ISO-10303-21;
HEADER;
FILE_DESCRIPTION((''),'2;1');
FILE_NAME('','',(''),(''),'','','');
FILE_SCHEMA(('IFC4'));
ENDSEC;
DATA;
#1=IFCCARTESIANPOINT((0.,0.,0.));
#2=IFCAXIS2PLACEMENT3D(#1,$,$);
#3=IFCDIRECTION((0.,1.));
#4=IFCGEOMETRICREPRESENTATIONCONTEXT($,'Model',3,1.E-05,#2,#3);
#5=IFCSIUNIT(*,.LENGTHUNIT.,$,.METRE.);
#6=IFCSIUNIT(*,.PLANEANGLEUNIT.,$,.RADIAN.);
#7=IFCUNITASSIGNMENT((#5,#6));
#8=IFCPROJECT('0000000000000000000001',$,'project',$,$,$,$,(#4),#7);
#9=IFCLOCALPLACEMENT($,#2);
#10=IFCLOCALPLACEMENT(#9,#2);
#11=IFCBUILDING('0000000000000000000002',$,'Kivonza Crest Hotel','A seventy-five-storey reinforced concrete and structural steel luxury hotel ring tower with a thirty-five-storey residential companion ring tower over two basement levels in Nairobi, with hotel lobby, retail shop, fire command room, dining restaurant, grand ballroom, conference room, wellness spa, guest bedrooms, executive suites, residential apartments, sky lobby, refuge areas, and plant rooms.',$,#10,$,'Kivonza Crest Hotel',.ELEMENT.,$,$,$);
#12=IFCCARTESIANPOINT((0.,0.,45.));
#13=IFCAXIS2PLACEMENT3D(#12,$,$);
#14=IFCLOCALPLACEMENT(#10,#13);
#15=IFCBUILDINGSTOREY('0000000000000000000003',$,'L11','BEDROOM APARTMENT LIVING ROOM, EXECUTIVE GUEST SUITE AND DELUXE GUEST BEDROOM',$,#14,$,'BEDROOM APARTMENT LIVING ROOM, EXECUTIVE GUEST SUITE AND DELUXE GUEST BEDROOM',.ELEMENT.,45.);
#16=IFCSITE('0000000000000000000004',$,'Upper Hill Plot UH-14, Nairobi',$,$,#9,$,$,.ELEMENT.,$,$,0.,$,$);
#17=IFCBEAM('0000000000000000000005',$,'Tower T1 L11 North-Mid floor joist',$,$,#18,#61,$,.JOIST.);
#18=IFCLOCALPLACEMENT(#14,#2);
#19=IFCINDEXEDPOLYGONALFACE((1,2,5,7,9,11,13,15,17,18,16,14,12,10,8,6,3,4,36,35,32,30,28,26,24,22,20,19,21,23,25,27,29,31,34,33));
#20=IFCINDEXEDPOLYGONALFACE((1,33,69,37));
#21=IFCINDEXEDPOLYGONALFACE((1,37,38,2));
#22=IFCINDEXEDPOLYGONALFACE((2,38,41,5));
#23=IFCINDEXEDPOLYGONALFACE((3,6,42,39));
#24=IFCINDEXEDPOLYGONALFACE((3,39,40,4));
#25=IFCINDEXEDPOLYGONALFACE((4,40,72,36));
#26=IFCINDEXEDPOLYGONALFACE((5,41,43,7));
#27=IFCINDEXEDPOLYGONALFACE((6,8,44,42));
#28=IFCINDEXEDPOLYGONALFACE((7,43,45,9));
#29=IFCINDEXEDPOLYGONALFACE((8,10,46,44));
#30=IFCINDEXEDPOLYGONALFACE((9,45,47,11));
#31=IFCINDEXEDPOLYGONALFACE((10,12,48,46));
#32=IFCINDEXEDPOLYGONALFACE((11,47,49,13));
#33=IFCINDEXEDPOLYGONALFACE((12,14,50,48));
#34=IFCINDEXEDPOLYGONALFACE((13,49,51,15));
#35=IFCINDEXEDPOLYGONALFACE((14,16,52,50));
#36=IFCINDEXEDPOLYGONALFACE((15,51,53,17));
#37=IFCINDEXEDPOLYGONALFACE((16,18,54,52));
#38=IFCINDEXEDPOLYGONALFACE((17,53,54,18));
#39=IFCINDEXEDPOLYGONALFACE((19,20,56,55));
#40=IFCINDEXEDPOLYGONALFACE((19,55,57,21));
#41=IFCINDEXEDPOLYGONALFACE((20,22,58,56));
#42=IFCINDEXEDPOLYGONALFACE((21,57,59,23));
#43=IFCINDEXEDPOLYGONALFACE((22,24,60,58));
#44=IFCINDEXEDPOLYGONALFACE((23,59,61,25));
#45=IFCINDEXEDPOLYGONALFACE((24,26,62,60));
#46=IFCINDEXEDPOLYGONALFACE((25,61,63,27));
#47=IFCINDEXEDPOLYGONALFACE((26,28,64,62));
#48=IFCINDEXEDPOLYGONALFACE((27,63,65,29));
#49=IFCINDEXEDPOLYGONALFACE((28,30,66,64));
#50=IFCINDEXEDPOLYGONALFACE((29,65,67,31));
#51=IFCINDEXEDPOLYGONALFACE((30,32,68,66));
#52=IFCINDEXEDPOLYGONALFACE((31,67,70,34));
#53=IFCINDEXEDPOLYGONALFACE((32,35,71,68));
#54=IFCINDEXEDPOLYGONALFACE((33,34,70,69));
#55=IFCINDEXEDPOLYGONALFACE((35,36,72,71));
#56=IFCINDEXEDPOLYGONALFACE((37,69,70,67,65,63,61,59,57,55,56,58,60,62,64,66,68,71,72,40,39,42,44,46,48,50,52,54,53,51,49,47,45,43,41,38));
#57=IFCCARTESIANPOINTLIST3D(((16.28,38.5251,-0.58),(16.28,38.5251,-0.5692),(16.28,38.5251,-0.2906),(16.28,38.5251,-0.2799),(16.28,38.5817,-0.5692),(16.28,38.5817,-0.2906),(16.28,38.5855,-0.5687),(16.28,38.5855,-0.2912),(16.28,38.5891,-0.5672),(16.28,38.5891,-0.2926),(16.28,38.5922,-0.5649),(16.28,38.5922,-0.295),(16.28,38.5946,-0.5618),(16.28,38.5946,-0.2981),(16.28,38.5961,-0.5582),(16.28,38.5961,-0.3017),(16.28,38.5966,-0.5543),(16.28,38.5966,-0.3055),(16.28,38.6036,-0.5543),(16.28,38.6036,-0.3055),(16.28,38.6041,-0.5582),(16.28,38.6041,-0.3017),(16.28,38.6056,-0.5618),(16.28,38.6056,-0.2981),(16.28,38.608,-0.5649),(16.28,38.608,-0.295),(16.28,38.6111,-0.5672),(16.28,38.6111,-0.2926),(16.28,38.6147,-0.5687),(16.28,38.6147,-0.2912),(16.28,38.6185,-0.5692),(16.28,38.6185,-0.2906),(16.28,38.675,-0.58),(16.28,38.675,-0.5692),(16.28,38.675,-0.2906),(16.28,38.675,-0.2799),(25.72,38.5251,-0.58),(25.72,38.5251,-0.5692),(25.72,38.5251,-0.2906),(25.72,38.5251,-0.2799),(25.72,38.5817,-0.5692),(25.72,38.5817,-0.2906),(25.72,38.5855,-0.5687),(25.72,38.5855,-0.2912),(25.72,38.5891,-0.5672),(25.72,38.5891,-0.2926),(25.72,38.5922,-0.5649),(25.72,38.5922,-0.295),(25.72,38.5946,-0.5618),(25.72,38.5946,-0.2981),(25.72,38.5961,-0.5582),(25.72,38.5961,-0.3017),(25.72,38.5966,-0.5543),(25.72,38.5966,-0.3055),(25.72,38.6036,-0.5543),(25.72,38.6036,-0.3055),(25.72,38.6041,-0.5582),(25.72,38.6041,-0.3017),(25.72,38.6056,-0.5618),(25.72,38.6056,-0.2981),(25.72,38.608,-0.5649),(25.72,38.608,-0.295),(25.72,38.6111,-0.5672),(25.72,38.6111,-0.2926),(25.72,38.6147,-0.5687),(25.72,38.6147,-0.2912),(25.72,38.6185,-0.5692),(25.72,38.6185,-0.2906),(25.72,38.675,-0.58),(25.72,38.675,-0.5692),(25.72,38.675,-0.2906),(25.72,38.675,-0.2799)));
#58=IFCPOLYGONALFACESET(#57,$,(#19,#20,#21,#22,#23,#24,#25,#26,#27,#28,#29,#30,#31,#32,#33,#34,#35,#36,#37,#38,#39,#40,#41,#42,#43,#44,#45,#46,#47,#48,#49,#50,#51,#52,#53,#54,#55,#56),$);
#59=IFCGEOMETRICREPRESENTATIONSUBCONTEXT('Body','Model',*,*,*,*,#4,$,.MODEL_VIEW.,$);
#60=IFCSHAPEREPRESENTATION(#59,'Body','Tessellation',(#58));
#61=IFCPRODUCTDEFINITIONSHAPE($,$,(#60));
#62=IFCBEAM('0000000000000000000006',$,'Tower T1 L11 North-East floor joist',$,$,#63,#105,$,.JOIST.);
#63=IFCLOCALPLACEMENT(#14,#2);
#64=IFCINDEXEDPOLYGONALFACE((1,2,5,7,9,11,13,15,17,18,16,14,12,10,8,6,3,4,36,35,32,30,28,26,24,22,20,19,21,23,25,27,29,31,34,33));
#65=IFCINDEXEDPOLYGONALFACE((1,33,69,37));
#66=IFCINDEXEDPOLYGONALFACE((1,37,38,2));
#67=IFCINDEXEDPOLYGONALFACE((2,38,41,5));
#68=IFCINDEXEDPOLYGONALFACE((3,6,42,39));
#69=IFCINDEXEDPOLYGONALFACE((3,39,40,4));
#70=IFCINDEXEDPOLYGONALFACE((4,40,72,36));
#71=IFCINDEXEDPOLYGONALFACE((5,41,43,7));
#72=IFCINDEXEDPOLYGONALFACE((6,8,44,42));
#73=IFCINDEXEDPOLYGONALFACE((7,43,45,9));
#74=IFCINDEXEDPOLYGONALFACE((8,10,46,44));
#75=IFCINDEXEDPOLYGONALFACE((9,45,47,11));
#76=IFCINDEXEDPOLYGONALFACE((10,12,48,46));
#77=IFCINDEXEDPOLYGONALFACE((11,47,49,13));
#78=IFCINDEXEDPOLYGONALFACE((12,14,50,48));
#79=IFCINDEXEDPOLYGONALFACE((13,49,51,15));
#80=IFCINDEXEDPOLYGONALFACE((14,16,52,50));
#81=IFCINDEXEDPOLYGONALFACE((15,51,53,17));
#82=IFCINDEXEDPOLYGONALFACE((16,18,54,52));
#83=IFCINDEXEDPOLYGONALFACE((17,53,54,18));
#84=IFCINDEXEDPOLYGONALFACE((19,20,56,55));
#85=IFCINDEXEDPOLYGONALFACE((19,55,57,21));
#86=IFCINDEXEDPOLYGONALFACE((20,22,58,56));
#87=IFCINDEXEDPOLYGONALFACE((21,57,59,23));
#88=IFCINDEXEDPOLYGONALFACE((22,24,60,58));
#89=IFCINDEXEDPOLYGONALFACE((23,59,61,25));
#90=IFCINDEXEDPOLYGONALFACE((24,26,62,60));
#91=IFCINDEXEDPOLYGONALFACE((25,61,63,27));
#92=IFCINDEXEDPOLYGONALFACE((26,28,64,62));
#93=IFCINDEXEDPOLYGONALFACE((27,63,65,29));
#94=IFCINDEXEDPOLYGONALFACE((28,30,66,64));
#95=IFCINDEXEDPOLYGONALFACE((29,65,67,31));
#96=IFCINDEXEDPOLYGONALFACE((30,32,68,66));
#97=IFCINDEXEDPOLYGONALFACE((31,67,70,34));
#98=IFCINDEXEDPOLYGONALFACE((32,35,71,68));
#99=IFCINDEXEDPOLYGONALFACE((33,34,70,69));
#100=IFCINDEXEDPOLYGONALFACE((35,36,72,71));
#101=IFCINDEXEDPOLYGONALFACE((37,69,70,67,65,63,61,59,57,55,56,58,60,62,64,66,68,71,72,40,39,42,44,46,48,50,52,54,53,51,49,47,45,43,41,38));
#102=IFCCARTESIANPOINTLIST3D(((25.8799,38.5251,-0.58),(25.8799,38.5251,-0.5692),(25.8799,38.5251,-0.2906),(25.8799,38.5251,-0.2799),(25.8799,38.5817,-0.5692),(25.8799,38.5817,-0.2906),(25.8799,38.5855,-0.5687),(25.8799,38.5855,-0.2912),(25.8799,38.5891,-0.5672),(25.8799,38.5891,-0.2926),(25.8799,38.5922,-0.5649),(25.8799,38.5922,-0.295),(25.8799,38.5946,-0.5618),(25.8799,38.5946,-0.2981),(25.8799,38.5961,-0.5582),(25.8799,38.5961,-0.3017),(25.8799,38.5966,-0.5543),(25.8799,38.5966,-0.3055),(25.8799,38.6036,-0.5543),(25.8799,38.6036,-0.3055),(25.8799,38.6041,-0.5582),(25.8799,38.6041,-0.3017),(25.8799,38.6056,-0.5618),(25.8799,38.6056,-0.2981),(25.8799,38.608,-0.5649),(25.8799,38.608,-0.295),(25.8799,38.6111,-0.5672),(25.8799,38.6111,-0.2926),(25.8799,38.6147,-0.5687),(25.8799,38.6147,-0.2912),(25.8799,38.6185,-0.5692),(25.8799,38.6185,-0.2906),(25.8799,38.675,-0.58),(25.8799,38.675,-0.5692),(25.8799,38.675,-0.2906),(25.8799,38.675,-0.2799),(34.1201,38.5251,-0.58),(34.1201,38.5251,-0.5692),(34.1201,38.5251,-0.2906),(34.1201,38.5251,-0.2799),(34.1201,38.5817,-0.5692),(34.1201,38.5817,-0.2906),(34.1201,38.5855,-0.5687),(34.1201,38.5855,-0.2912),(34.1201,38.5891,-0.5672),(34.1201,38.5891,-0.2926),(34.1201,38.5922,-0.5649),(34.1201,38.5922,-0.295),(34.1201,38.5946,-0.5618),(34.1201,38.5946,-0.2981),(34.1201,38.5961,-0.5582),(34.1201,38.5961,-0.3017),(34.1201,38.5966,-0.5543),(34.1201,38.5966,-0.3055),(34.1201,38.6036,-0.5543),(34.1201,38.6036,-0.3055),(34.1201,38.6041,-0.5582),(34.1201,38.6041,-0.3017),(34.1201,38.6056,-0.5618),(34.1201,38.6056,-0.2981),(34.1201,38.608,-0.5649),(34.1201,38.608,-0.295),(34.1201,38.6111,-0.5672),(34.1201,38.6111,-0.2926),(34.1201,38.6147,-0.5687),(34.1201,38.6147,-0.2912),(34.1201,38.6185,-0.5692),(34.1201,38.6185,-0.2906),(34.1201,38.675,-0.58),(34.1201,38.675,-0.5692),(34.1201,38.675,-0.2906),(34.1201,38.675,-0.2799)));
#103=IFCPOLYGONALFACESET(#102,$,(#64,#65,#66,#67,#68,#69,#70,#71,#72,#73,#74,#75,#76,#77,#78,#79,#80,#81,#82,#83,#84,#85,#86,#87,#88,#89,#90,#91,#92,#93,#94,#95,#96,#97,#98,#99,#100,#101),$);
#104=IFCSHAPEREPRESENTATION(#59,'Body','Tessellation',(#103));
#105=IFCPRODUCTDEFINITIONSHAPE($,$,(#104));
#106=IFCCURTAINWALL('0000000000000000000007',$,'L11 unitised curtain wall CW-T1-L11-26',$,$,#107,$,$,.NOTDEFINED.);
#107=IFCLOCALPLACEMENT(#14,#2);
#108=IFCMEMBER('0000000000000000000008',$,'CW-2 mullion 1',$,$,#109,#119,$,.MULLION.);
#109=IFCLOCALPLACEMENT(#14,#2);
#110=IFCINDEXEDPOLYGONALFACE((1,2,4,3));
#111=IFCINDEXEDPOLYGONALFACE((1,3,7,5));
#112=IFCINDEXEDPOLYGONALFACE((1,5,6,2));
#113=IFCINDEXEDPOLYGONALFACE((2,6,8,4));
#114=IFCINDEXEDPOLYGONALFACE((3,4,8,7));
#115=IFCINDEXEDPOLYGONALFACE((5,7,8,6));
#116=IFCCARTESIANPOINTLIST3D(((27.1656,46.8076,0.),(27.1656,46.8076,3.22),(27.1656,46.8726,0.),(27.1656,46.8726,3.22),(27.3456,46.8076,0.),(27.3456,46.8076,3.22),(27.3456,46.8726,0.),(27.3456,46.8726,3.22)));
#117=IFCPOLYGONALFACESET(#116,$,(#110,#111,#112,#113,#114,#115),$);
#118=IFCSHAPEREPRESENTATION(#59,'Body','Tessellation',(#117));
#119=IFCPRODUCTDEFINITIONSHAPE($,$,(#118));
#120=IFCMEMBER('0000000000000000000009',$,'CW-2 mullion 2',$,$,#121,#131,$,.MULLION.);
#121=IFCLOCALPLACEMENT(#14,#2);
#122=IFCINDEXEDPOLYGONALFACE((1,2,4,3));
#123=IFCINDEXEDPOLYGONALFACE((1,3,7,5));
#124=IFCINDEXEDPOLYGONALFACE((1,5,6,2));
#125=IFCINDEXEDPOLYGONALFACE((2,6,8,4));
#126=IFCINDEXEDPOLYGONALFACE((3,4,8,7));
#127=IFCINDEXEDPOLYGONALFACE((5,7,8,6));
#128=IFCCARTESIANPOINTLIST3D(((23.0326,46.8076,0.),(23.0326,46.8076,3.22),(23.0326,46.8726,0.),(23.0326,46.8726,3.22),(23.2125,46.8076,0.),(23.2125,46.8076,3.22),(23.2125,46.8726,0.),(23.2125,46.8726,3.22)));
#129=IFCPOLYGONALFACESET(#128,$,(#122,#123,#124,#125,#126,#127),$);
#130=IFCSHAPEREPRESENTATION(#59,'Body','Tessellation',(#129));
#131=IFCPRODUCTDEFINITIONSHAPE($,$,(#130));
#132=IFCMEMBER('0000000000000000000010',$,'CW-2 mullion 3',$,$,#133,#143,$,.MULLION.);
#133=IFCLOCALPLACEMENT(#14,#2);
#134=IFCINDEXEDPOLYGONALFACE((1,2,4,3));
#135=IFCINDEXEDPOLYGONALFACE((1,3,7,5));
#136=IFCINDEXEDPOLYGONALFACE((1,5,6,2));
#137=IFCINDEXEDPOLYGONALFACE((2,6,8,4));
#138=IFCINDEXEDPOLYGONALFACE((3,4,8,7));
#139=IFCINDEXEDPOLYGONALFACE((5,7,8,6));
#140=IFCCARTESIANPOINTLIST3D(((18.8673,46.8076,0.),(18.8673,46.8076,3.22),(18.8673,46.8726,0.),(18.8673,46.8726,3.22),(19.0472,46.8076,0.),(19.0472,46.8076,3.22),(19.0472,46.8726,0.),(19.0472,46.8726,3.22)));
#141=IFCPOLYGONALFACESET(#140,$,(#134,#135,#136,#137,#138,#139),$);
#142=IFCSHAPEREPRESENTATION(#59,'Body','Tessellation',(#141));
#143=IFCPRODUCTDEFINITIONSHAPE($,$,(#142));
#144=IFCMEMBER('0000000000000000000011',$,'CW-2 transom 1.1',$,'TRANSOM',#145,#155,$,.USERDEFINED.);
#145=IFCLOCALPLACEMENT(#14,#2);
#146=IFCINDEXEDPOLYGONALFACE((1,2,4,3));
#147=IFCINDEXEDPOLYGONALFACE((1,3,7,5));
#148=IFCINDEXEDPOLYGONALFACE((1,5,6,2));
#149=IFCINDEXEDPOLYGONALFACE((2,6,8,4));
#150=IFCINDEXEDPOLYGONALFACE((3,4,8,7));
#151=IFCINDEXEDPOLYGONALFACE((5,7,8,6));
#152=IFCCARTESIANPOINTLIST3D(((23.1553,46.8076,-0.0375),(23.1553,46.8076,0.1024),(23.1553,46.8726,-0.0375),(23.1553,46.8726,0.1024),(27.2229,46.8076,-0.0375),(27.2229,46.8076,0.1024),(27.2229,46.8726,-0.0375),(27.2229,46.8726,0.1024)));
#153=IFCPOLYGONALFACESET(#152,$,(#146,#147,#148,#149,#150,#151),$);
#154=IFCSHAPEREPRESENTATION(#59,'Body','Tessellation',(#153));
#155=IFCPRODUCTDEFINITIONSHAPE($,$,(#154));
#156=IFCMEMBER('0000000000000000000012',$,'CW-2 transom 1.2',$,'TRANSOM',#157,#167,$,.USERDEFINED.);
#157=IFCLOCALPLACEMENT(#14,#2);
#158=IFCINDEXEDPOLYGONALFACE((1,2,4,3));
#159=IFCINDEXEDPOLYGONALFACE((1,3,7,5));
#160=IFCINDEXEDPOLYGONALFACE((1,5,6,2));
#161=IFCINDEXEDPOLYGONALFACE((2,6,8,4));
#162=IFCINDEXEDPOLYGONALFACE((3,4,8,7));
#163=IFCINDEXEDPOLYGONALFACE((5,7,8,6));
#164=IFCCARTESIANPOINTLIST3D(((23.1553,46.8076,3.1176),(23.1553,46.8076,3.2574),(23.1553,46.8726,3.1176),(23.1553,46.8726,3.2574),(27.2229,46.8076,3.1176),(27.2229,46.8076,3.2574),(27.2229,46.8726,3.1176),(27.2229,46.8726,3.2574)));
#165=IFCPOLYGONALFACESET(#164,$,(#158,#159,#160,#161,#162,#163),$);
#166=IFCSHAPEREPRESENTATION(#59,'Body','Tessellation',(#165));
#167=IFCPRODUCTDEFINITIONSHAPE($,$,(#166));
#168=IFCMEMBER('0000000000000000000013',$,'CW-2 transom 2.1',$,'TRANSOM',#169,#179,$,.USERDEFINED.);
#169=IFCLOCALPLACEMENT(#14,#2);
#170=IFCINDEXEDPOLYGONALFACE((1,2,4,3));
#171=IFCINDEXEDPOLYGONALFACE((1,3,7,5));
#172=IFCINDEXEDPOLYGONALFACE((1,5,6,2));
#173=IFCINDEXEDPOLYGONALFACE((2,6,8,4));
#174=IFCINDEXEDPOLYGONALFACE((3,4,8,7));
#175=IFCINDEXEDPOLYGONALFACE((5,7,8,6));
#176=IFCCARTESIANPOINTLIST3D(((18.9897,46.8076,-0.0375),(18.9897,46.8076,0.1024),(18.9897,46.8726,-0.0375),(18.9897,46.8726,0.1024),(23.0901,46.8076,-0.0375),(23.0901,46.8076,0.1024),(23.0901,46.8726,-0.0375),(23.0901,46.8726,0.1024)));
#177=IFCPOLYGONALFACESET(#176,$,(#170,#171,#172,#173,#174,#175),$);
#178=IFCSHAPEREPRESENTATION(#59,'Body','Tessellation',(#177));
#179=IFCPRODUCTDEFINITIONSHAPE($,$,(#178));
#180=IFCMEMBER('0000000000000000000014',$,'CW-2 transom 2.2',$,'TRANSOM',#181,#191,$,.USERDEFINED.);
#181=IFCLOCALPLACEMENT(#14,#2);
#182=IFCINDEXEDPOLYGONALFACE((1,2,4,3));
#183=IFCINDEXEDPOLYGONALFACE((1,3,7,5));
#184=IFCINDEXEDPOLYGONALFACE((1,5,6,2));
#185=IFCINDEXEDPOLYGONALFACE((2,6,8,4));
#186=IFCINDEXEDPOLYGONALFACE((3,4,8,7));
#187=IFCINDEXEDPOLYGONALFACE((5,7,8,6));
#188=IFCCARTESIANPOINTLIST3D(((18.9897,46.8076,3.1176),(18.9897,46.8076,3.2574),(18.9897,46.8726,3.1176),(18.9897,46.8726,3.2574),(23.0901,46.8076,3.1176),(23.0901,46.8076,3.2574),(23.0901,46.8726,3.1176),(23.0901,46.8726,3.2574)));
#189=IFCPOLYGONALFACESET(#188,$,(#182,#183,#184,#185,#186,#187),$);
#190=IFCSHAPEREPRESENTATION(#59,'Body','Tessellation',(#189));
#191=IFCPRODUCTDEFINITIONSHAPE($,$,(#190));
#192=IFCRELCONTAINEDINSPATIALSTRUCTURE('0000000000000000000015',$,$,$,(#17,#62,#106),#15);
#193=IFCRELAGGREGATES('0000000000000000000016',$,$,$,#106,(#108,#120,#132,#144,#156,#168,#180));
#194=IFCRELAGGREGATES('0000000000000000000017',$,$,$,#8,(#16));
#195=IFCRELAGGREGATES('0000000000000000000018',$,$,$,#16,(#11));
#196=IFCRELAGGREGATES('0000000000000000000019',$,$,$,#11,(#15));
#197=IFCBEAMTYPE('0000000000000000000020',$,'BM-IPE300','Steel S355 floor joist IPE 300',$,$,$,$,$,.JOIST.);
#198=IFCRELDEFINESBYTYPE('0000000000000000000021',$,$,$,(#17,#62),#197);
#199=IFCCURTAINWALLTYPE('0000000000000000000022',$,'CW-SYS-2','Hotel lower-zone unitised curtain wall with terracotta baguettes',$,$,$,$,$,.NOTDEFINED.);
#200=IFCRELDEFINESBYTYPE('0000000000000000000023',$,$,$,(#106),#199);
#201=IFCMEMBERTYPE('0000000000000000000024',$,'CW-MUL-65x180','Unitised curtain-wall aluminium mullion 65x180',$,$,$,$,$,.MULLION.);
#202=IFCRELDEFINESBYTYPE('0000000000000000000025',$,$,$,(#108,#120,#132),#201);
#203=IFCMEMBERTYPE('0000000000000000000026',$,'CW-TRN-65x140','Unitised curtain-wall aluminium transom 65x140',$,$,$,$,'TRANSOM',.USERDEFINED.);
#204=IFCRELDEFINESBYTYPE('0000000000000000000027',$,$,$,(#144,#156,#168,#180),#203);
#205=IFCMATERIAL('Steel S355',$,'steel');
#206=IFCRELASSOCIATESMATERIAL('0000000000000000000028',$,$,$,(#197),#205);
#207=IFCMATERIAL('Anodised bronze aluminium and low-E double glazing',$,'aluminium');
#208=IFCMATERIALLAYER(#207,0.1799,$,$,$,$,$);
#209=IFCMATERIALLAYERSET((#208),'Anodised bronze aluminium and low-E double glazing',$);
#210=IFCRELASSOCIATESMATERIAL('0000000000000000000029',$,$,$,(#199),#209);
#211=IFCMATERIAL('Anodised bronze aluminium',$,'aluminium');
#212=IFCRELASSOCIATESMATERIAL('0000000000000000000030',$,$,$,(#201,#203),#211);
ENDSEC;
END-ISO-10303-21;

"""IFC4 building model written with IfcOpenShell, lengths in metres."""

from ifc_helpers import new_model, si_unit, direction, frame, origin, origin_2d, place, context, subcontext, project, spatial, rectangle, i_section, extrude, material, layer, layer_set, material_profile, profile_set, type_object, element, aggregate, save


model = new_model("IFC4")

# Units and contexts
model_context = context("Model", 3, precision=1e-05, world=origin(), true_north=direction((0.0, 1.0)))
body_context = subcontext(model_context, "Body", "Model", "MODEL_VIEW")
ifc_project = project(units=[si_unit("LENGTHUNIT", "METRE"), si_unit("PLANEANGLEUNIT", "RADIAN")], contexts=[model_context])

# Site, building, storey
site_placement = place(None, origin())
site = spatial("IfcSite", under=ifc_project, at=site_placement, Name="Upper Hill Plot UH-14, Nairobi", CompositionType="ELEMENT", RefElevation=0.0)
building_placement = place(site_placement, origin())
building = spatial("IfcBuilding", under=site, at=building_placement, Name="Kivonza Crest Hotel", Description="A seventy-five-storey reinforced concrete and structural steel luxury hotel ring tower with a thirty-five-storey residential companion ring tower over two basement levels in Nairobi, with hotel lobby, retail shop, fire command room, dining restaurant, grand ballroom, conference room, wellness spa, guest bedrooms, executive suites, residential apartments, sky lobby, refuge areas, and plant rooms.", LongName="Kivonza Crest Hotel", CompositionType="ELEMENT")
storey_placement = place(building_placement, frame((0.0, 0.0, 45.0)))
storey = spatial("IfcBuildingStorey", under=building, at=storey_placement, Name="L11", Description="BEDROOM APARTMENT LIVING ROOM, EXECUTIVE GUEST SUITE AND DELUXE GUEST BEDROOM", LongName="BEDROOM APARTMENT LIVING ROOM, EXECUTIVE GUEST SUITE AND DELUXE GUEST BEDROOM", CompositionType="ELEMENT", Elevation=45.0)

# Beams
ifc_material_1 = material(Name="Steel S355", Category="steel")
ifc_material_profile_1 = material_profile(ifc_material_1, i_section(OverallWidth=0.1499, OverallDepth=0.3, WebThickness=0.0071, FlangeThickness=0.0107, FilletRadius=0.0149, at=origin_2d()), Name="IPE 300")
ifc_profile_set_1 = profile_set([ifc_material_profile_1], Name="Steel S355")
beam_type_1 = type_object("IfcBeamType", Name="BM-IPE300", Description="Steel S355 floor joist IPE 300", PredefinedType="JOIST", material=ifc_profile_set_1)
beam_1_placement = place(storey_placement, frame((16.28, 38.6001, -0.4299), z_axis=(1.0, 0.0, 0.0), x_axis=(0.0, 1.0, 0.0)))
element("IfcBeam", 1, at=beam_1_placement, inside=storey, type_object=beam_type_1, Name="Tower T1 L11 North-Mid floor joist", PredefinedType="JOIST", context=body_context, shape_type="SweptSolid", body=[
    extrude(i_section(OverallWidth=0.1499, OverallDepth=0.3, WebThickness=0.0071, FlangeThickness=0.0107, FilletRadius=0.0149, at=origin_2d()), origin(), (0.0, 0.0, 1.0), 9.4399),
])
beam_2_placement = place(storey_placement, frame((25.8799, 38.6001, -0.4299), z_axis=(1.0, 0.0, 0.0), x_axis=(0.0, 1.0, 0.0)))
element("IfcBeam", 2, at=beam_2_placement, inside=storey, type_object=beam_type_1, Name="Tower T1 L11 North-East floor joist", PredefinedType="JOIST", context=body_context, shape_type="SweptSolid", body=[
    extrude(i_section(OverallWidth=0.1499, OverallDepth=0.3, WebThickness=0.0071, FlangeThickness=0.0107, FilletRadius=0.0149, at=origin_2d()), origin(), (0.0, 0.0, 1.0), 8.2402),
])

# Curtain wall, members
ifc_material_2 = material(Name="Anodised bronze aluminium and low-E double glazing", Category="aluminium")
ifc_layer_1 = layer(ifc_material_2, 0.1799)
ifc_layer_set_1 = layer_set([ifc_layer_1], Name="Anodised bronze aluminium and low-E double glazing")
curtain_wall_type = type_object("IfcCurtainWallType", Name="CW-SYS-2", Description="Hotel lower-zone unitised curtain wall with terracotta baguettes", PredefinedType="NOTDEFINED", material=ifc_layer_set_1)
curtain_wall_placement = place(storey_placement, origin())
curtain_wall = element("IfcCurtainWall", 3, at=curtain_wall_placement, inside=storey, type_object=curtain_wall_type, Name="L11 unitised curtain wall CW-T1-L11-26", PredefinedType="NOTDEFINED")
ifc_material_3 = material(Name="Anodised bronze aluminium", Category="aluminium")
ifc_material_profile_2 = material_profile(ifc_material_3, rectangle(XDim=0.0649, YDim=0.1799, at=origin_2d()), Name="CW-M 65x180")
ifc_profile_set_2 = profile_set([ifc_material_profile_2], Name="Anodised bronze aluminium")
member_type_1 = type_object("IfcMemberType", Name="CW-MUL-65x180", Description="Unitised curtain-wall aluminium mullion 65x180", PredefinedType="MULLION", material=ifc_profile_set_2)
member_1_placement = place(storey_placement, frame((27.2556, 46.8401, 0.0), z_axis=(0.0, 0.0, 1.0), x_axis=(0.0, -1.0, 0.0)))
member_1 = element("IfcMember", 4, at=member_1_placement, type_object=member_type_1, Name="CW-2 mullion 1", PredefinedType="MULLION", context=body_context, shape_type="SweptSolid", body=[
    extrude(rectangle(XDim=0.0649, YDim=0.1799, at=origin_2d()), origin(), (0.0, 0.0, 1.0), 3.22),
])
member_2_placement = place(storey_placement, frame((23.1226, 46.8401, 0.0), z_axis=(0.0, 0.0, 1.0), x_axis=(0.0, -1.0, 0.0)))
member_2 = element("IfcMember", 5, at=member_2_placement, type_object=member_type_1, Name="CW-2 mullion 2", PredefinedType="MULLION", context=body_context, shape_type="SweptSolid", body=[
    extrude(rectangle(XDim=0.0649, YDim=0.1799, at=origin_2d()), origin(), (0.0, 0.0, 1.0), 3.22),
])
member_3_placement = place(storey_placement, frame((18.9573, 46.8401, 0.0), z_axis=(0.0, 0.0, 1.0), x_axis=(0.0, -1.0, 0.0)))
member_3 = element("IfcMember", 6, at=member_3_placement, type_object=member_type_1, Name="CW-2 mullion 3", PredefinedType="MULLION", context=body_context, shape_type="SweptSolid", body=[
    extrude(rectangle(XDim=0.0649, YDim=0.1799, at=origin_2d()), origin(), (0.0, 0.0, 1.0), 3.22),
])
ifc_material_profile_3 = material_profile(ifc_material_3, rectangle(XDim=0.0649, YDim=0.1399, at=origin_2d()), Name="CW-T 65x140")
ifc_profile_set_3 = profile_set([ifc_material_profile_3], Name="Anodised bronze aluminium")
member_type_2 = type_object("IfcMemberType", Name="CW-TRN-65x140", Description="Unitised curtain-wall aluminium transom 65x140", ElementType="TRANSOM", PredefinedType="USERDEFINED", material=ifc_profile_set_3)
member_4_placement = place(storey_placement, frame((27.2229, 46.8401, 0.0325), z_axis=(-1.0, 0.0, 0.0), x_axis=(0.0, -1.0, 0.0)))
member_4 = element("IfcMember", 7, at=member_4_placement, type_object=member_type_2, Name="CW-2 transom 1.1", ObjectType="TRANSOM", PredefinedType="USERDEFINED", context=body_context, shape_type="SweptSolid", body=[
    extrude(rectangle(XDim=0.0649, YDim=0.1399, at=origin_2d()), origin(), (0.0, 0.0, 1.0), 4.0676),
])
member_5_placement = place(storey_placement, frame((27.2229, 46.8401, 3.1875), z_axis=(-1.0, 0.0, 0.0), x_axis=(0.0, -1.0, 0.0)))
member_5 = element("IfcMember", 8, at=member_5_placement, type_object=member_type_2, Name="CW-2 transom 1.2", ObjectType="TRANSOM", PredefinedType="USERDEFINED", context=body_context, shape_type="SweptSolid", body=[
    extrude(rectangle(XDim=0.0649, YDim=0.1399, at=origin_2d()), origin(), (0.0, 0.0, 1.0), 4.0676),
])
member_6_placement = place(storey_placement, frame((23.0901, 46.8401, 0.0325), z_axis=(-1.0, 0.0, 0.0), x_axis=(0.0, -1.0, 0.0)))
member_6 = element("IfcMember", 9, at=member_6_placement, type_object=member_type_2, Name="CW-2 transom 2.1", ObjectType="TRANSOM", PredefinedType="USERDEFINED", context=body_context, shape_type="SweptSolid", body=[
    extrude(rectangle(XDim=0.0649, YDim=0.1399, at=origin_2d()), origin(), (0.0, 0.0, 1.0), 4.1003),
])
member_7_placement = place(storey_placement, frame((23.0901, 46.8401, 3.1875), z_axis=(-1.0, 0.0, 0.0), x_axis=(0.0, -1.0, 0.0)))
member_7 = element("IfcMember", 10, at=member_7_placement, type_object=member_type_2, Name="CW-2 transom 2.2", ObjectType="TRANSOM", PredefinedType="USERDEFINED", context=body_context, shape_type="SweptSolid", body=[
    extrude(rectangle(XDim=0.0649, YDim=0.1399, at=origin_2d()), origin(), (0.0, 0.0, 1.0), 4.1003),
])
aggregate(curtain_wall, [member_1, member_2, member_3, member_4, member_5, member_6, member_7])

save(model, "model.ifc")
